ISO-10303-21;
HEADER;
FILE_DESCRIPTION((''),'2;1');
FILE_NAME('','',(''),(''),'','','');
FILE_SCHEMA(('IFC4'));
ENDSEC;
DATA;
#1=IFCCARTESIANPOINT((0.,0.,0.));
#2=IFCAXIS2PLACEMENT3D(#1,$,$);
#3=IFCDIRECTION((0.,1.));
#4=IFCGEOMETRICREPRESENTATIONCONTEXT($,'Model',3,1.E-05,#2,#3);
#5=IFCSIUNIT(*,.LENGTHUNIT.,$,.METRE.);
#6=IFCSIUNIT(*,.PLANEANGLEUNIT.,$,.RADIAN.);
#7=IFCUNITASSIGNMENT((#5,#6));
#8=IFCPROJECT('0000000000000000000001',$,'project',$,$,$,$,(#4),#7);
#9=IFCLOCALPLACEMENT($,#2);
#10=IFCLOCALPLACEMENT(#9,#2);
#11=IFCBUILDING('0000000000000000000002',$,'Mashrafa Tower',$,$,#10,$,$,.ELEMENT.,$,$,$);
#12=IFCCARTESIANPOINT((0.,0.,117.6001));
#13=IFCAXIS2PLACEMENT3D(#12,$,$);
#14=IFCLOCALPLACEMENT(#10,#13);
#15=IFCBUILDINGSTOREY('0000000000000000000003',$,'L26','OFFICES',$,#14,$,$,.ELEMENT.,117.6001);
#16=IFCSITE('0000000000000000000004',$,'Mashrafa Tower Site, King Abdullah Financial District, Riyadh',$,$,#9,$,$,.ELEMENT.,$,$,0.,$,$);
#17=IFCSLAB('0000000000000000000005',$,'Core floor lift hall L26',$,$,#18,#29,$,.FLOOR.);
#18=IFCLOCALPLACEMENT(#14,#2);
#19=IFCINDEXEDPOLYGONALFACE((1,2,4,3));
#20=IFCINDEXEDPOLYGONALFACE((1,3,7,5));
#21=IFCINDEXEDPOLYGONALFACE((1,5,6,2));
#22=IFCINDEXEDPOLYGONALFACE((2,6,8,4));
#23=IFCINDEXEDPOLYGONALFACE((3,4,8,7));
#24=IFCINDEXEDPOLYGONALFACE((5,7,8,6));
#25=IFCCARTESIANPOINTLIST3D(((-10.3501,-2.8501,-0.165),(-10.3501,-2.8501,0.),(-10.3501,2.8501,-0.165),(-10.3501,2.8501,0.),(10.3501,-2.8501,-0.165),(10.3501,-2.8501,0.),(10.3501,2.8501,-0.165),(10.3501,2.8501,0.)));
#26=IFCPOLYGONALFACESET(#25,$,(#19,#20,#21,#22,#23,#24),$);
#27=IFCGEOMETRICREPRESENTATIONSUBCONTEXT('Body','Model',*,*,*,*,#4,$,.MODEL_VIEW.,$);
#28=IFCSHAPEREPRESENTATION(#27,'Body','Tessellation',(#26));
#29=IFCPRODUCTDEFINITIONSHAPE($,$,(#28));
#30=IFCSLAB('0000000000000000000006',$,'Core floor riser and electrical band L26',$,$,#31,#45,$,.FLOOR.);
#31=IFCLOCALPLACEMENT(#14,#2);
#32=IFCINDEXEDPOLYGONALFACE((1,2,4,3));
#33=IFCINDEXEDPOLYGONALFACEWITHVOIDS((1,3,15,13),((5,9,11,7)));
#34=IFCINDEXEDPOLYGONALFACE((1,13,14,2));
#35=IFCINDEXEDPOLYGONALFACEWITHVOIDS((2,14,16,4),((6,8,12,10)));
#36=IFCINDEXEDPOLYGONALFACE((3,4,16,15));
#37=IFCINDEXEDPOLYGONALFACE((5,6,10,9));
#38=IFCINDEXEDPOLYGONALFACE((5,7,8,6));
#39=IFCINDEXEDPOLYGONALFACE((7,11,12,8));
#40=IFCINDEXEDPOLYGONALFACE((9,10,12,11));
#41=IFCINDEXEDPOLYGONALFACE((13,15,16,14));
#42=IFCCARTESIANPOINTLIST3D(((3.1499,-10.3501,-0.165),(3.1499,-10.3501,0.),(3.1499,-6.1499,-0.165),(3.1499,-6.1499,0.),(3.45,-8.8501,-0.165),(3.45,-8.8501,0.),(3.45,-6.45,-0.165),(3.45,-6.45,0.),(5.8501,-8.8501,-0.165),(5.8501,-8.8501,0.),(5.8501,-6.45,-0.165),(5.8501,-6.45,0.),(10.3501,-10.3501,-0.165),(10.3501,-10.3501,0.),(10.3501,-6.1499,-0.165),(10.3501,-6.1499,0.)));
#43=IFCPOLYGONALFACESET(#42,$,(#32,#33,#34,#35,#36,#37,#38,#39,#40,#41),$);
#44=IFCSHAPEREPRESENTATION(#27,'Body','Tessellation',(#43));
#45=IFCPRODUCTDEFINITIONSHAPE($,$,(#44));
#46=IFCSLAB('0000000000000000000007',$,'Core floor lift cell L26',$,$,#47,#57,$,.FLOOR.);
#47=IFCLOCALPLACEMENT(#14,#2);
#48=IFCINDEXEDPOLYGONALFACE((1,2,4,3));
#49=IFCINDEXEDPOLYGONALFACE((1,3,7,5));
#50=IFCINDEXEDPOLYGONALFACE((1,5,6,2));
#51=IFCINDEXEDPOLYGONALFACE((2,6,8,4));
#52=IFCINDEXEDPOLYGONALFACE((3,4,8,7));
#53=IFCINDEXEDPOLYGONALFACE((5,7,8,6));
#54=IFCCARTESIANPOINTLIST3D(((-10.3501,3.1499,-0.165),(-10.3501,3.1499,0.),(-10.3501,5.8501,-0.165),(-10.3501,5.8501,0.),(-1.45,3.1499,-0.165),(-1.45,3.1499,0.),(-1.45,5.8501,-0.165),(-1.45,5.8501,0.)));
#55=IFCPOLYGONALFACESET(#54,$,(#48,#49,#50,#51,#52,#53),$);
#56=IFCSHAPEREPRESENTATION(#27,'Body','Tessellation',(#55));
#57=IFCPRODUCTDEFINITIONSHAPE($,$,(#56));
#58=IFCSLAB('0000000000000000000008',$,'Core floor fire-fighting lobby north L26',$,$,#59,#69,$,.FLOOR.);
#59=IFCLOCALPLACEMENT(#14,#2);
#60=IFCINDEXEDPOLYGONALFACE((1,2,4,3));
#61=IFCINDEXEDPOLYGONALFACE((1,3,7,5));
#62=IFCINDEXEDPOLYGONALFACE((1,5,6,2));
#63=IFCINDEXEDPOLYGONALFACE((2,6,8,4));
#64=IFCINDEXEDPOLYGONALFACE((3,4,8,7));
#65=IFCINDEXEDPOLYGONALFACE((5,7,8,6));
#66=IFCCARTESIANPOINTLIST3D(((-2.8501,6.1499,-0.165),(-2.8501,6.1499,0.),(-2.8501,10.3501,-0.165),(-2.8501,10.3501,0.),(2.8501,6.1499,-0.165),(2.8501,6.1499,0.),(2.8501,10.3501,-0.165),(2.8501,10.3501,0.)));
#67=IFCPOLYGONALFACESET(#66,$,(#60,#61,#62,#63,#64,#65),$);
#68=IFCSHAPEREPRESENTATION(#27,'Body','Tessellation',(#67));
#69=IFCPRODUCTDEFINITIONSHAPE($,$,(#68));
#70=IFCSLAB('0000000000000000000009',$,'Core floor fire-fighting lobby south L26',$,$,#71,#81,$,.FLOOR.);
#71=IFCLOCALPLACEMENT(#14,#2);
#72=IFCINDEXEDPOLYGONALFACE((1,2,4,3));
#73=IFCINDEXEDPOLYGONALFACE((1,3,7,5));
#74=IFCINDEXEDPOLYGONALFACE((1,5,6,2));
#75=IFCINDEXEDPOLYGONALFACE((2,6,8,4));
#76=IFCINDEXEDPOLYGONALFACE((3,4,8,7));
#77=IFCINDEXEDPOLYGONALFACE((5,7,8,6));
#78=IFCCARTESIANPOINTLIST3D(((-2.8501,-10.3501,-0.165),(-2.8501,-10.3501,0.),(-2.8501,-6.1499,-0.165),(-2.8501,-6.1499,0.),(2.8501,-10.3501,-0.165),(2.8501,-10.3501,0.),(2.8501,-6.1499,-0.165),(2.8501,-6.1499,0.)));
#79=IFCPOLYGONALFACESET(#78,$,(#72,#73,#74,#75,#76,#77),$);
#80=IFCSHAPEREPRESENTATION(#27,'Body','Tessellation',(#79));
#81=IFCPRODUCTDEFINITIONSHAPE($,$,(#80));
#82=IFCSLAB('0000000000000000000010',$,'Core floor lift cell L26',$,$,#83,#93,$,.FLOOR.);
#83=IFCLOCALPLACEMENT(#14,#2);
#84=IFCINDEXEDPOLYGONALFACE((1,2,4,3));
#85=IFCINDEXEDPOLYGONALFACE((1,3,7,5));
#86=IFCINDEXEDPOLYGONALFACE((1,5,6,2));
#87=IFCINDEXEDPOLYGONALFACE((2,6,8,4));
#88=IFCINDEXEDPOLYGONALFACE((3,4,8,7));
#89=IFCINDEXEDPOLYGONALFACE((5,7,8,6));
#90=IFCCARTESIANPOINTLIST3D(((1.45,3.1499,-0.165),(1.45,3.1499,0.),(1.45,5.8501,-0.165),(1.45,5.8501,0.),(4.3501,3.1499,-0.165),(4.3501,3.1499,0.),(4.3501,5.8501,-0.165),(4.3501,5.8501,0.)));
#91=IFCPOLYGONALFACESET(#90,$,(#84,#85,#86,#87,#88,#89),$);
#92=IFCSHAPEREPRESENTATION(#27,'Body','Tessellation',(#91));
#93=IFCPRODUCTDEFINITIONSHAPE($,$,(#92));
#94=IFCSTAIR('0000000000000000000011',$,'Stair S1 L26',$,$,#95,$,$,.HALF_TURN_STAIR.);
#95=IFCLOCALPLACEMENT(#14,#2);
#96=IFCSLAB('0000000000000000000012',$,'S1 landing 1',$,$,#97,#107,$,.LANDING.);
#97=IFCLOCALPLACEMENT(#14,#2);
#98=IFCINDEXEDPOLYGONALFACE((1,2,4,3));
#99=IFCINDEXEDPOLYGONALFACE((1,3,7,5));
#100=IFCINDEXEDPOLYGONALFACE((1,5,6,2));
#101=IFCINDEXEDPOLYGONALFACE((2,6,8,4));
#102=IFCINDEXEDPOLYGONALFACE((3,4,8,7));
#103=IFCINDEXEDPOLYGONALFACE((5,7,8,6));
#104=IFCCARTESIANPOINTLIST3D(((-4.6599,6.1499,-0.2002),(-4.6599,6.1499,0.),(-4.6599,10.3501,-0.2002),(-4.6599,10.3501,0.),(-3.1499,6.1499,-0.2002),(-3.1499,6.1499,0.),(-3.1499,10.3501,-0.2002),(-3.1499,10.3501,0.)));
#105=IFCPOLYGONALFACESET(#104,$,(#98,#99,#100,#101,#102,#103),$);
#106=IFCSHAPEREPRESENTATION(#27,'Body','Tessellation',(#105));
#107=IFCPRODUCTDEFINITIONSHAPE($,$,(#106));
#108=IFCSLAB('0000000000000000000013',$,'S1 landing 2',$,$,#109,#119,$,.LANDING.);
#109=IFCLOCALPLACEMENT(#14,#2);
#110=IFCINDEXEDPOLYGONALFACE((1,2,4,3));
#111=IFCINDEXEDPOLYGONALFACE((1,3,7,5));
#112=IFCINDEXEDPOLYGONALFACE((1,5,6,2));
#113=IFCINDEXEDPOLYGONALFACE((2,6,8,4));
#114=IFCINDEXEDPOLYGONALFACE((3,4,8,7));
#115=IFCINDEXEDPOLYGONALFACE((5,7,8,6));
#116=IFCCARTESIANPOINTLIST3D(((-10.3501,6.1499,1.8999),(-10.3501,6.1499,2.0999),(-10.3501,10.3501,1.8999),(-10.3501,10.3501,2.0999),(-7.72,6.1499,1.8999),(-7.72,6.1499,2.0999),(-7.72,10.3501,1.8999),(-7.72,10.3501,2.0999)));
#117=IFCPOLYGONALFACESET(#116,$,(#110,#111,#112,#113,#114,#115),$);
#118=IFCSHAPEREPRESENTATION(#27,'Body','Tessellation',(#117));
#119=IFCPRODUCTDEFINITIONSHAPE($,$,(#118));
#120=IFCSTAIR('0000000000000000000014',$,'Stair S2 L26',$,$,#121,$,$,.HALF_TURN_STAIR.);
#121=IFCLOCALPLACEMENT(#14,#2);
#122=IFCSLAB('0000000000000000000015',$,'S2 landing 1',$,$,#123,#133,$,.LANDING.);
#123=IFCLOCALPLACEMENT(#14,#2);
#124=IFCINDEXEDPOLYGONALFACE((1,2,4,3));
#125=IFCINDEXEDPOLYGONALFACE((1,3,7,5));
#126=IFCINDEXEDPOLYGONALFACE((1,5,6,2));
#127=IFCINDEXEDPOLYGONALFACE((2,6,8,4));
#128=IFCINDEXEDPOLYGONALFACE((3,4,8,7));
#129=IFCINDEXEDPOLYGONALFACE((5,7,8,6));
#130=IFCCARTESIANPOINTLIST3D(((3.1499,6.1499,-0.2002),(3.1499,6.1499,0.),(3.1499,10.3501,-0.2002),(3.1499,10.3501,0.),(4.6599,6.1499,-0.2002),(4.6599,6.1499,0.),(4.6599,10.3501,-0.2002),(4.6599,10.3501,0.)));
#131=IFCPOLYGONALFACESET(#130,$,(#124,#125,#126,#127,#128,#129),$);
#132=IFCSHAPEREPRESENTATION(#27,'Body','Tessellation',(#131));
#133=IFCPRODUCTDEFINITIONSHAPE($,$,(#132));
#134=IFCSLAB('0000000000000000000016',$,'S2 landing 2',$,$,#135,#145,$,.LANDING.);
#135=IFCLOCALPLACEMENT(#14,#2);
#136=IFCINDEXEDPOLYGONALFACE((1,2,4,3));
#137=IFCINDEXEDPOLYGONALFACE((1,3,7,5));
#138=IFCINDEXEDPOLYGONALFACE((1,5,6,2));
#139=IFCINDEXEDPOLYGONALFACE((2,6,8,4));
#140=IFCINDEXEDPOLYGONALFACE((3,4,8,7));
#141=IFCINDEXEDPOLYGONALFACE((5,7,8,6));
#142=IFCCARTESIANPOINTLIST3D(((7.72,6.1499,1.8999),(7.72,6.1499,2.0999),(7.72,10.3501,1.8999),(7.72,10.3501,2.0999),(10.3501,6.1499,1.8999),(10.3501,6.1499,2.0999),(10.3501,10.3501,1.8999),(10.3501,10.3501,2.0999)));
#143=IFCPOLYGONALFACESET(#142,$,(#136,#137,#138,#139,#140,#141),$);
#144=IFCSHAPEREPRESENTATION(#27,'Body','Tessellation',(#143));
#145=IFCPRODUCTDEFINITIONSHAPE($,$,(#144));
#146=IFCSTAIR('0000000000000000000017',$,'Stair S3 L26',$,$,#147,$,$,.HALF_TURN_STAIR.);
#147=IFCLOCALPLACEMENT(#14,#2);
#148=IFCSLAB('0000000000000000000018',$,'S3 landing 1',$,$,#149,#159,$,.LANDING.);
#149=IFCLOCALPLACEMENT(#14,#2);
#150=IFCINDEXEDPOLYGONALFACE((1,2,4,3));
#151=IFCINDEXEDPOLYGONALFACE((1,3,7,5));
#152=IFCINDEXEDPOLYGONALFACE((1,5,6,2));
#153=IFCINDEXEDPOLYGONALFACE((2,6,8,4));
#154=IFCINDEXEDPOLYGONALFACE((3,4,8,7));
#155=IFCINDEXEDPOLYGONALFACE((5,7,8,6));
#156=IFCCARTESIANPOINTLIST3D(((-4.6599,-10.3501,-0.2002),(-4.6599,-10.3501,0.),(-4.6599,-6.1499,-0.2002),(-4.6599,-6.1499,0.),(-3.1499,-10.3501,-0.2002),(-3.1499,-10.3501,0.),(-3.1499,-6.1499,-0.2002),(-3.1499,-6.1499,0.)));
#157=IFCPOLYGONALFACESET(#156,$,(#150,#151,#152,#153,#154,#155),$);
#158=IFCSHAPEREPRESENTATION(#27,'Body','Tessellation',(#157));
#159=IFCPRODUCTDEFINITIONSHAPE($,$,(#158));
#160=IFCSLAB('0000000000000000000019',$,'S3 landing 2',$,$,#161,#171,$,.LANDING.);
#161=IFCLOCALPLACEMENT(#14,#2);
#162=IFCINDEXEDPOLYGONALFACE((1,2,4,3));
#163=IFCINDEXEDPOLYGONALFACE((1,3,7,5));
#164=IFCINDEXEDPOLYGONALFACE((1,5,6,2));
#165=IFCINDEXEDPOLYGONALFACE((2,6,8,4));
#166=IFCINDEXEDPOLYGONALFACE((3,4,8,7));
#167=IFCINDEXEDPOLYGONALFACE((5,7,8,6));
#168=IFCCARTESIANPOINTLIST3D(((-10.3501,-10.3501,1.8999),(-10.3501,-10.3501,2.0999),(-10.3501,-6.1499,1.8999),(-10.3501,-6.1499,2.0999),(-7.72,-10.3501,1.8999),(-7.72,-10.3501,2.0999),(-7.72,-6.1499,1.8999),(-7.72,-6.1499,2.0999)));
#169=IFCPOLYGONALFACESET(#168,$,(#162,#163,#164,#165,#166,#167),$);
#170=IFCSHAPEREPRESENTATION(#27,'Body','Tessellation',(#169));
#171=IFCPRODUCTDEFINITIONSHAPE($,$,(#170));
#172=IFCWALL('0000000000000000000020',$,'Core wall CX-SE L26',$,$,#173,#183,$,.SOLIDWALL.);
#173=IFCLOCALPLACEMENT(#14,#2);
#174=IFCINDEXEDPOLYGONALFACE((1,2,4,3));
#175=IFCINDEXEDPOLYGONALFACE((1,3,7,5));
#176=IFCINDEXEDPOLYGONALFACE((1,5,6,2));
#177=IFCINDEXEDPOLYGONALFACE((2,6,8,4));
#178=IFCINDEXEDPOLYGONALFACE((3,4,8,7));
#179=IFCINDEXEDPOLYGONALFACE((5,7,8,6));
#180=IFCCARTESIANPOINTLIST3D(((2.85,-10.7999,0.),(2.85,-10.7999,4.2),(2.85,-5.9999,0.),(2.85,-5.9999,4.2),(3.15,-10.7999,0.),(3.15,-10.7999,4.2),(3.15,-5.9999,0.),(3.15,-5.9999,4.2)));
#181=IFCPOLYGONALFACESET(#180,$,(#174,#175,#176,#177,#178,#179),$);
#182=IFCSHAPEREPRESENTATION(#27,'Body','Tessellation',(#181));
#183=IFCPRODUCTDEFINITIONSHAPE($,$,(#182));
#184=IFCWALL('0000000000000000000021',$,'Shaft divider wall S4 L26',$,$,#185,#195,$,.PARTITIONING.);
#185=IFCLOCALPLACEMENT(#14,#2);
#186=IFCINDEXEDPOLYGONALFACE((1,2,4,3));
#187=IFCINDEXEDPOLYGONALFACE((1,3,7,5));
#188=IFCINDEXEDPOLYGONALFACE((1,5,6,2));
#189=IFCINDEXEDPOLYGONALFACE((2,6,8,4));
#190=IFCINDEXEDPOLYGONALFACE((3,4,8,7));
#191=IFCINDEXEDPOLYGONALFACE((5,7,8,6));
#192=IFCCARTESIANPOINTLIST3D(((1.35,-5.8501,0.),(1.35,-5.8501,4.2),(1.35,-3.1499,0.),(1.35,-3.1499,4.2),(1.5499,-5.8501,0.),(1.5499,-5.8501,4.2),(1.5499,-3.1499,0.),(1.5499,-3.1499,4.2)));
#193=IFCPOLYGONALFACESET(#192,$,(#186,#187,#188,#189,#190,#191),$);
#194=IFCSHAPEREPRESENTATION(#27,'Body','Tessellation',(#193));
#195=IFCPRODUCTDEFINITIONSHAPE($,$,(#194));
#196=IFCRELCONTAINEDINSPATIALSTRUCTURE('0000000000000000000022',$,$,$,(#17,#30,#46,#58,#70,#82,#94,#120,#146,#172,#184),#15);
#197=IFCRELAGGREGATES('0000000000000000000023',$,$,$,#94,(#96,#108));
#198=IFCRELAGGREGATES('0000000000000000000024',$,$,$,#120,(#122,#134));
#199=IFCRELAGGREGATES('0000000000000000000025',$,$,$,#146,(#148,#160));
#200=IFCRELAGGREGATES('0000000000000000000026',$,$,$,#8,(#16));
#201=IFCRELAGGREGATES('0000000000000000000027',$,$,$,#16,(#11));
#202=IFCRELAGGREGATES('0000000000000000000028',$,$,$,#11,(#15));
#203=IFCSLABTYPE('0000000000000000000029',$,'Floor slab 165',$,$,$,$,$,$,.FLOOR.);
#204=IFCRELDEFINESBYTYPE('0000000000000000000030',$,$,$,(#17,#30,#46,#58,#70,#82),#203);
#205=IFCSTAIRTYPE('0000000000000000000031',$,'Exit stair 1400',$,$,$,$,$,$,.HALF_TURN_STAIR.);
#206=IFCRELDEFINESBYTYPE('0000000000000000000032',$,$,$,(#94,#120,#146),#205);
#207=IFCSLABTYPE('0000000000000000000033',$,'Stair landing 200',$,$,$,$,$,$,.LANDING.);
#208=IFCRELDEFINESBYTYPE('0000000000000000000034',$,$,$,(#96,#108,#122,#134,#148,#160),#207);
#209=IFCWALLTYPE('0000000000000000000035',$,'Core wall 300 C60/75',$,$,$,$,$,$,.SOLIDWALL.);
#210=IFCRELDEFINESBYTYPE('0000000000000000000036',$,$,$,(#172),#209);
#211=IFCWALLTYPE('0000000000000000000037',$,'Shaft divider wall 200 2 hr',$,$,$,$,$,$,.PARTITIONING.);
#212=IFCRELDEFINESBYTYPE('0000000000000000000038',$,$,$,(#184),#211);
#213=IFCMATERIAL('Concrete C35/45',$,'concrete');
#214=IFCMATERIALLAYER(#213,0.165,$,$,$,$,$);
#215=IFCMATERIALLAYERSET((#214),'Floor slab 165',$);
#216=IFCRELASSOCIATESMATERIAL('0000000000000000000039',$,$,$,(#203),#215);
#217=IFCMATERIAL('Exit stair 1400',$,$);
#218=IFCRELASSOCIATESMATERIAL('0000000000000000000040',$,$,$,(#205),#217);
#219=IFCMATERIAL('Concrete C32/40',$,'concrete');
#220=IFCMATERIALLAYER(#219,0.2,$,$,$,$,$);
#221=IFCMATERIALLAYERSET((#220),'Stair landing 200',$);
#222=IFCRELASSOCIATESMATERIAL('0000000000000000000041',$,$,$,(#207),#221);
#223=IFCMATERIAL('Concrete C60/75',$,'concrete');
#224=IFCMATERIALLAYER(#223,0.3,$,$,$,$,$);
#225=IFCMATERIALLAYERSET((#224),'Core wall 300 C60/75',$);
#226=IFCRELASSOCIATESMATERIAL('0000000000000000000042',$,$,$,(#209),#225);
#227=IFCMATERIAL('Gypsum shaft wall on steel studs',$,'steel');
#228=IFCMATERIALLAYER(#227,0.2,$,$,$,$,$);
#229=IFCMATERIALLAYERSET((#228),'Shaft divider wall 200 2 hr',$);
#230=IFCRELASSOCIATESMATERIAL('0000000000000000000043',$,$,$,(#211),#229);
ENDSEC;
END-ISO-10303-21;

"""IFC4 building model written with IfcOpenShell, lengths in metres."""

from ifc_helpers import new_model, si_unit, direction, frame, frame_2d, origin, place, context, subcontext, project, spatial, polyline, rectangle, outline, extrude, material, layer, layer_set, type_object, element, aggregate, save


model = new_model("IFC4")

# Units and contexts
model_context = context("Model", 3, precision=1e-05, world=origin(), true_north=direction((0.0, 1.0)))
body_context = subcontext(model_context, "Body", "Model", "MODEL_VIEW")
ifc_project = project(units=[si_unit("LENGTHUNIT", "METRE"), si_unit("PLANEANGLEUNIT", "RADIAN")], contexts=[model_context])

# Site, building, storey
site_placement = place(None, origin())
site = spatial("IfcSite", under=ifc_project, at=site_placement, Name="Mashrafa Tower Site, King Abdullah Financial District, Riyadh", CompositionType="ELEMENT", RefElevation=0.0)
building_placement = place(site_placement, origin())
building = spatial("IfcBuilding", under=site, at=building_placement, Name="Mashrafa Tower", CompositionType="ELEMENT")
storey_placement = place(building_placement, frame((0.0, 0.0, 117.6001)))
storey = spatial("IfcBuildingStorey", under=building, at=storey_placement, Name="L26", Description="OFFICES", CompositionType="ELEMENT", Elevation=117.6001)

# Slabs
ifc_material_1 = material(Name="Concrete C35/45", Category="concrete")
ifc_layer_1 = layer(ifc_material_1, 0.165)
ifc_layer_set_1 = layer_set([ifc_layer_1], Name="Floor slab 165")
slab_type_1 = type_object("IfcSlabType", Name="Floor slab 165", PredefinedType="FLOOR", material=ifc_layer_set_1)
slab_1_placement = place(storey_placement, frame((0.0, 0.0, -0.165)))
element("IfcSlab", 1, at=slab_1_placement, inside=storey, type_object=slab_type_1, Name="Core floor lift hall L26", PredefinedType="FLOOR", context=body_context, shape_type="SweptSolid", body=[
    extrude(outline(polyline([(-10.3501, 2.8501), (10.3501, 2.8501), (10.3501, -2.8501), (-10.3501, -2.8501), (-10.3501, 2.8501)])), origin(), (0.0, 0.0, 1.0), 0.165),
])
slab_2_placement = place(storey_placement, frame((0.0, 0.0, -0.165)))
element("IfcSlab", 2, at=slab_2_placement, inside=storey, type_object=slab_type_1, Name="Core floor riser and electrical band L26", PredefinedType="FLOOR", context=body_context, shape_type="SweptSolid", body=[
    extrude(outline(polyline([(10.3501, -6.1499), (10.3501, -10.3501), (3.1499, -10.3501), (3.1499, -6.1499), (10.3501, -6.1499)]), holes=[polyline([(3.45, -8.8501), (5.8501, -8.8501), (5.8501, -6.45), (3.45, -6.45), (3.45, -8.8501)])]), origin(), (0.0, 0.0, 1.0), 0.165),
])
slab_3_placement = place(storey_placement, frame((0.0, 0.0, -0.165)))
element("IfcSlab", 3, at=slab_3_placement, inside=storey, type_object=slab_type_1, Name="Core floor lift cell L26", PredefinedType="FLOOR", context=body_context, shape_type="SweptSolid", body=[
    extrude(outline(polyline([(-1.45, 3.1499), (-10.3501, 3.1499), (-10.3501, 5.8501), (-1.45, 5.8501), (-1.45, 3.1499)])), origin(), (0.0, 0.0, 1.0), 0.165),
])
slab_4_placement = place(storey_placement, frame((0.0, 0.0, -0.165)))
element("IfcSlab", 4, at=slab_4_placement, inside=storey, type_object=slab_type_1, Name="Core floor fire-fighting lobby north L26", PredefinedType="FLOOR", context=body_context, shape_type="SweptSolid", body=[
    extrude(outline(polyline([(-2.8501, 10.3501), (2.8501, 10.3501), (2.8501, 6.1499), (-2.8501, 6.1499), (-2.8501, 10.3501)])), origin(), (0.0, 0.0, 1.0), 0.165),
])
slab_5_placement = place(storey_placement, frame((0.0, 0.0, -0.165)))
element("IfcSlab", 5, at=slab_5_placement, inside=storey, type_object=slab_type_1, Name="Core floor fire-fighting lobby south L26", PredefinedType="FLOOR", context=body_context, shape_type="SweptSolid", body=[
    extrude(outline(polyline([(2.8501, -6.1499), (2.8501, -10.3501), (-2.8501, -10.3501), (-2.8501, -6.1499), (2.8501, -6.1499)])), origin(), (0.0, 0.0, 1.0), 0.165),
])
slab_6_placement = place(storey_placement, frame((0.0, 0.0, -0.165)))
element("IfcSlab", 6, at=slab_6_placement, inside=storey, type_object=slab_type_1, Name="Core floor lift cell L26", PredefinedType="FLOOR", context=body_context, shape_type="SweptSolid", body=[
    extrude(outline(polyline([(4.3501, 5.8501), (4.3501, 3.1499), (1.45, 3.1499), (1.45, 5.8501), (4.3501, 5.8501)])), origin(), (0.0, 0.0, 1.0), 0.165),
])

# Stairs, slabs
ifc_material_2 = material(Name="Exit stair 1400")
stair_type = type_object("IfcStairType", Name="Exit stair 1400", PredefinedType="HALF_TURN_STAIR", material=ifc_material_2)
stair_1_placement = place(storey_placement, origin())
stair_1 = element("IfcStair", 7, at=stair_1_placement, inside=storey, type_object=stair_type, Name="Stair S1 L26", PredefinedType="HALF_TURN_STAIR")
ifc_material_3 = material(Name="Concrete C32/40", Category="concrete")
ifc_layer_2 = layer(ifc_material_3, 0.2)
ifc_layer_set_2 = layer_set([ifc_layer_2], Name="Stair landing 200")
slab_type_2 = type_object("IfcSlabType", Name="Stair landing 200", PredefinedType="LANDING", material=ifc_layer_set_2)
slab_7_placement = place(storey_placement, frame((0.0, 0.0, -0.2002)))
slab_7 = element("IfcSlab", 8, at=slab_7_placement, type_object=slab_type_2, Name="S1 landing 1", PredefinedType="LANDING", context=body_context, shape_type="SweptSolid", body=[
    extrude(outline(polyline([(-4.6599, 6.1499), (-3.1499, 6.1499), (-3.1499, 10.3501), (-4.6599, 10.3501), (-4.6599, 6.1499)])), origin(), (0.0, 0.0, 1.0), 0.2002),
])
slab_8_placement = place(storey_placement, frame((0.0, 0.0, 1.8999)))
slab_8 = element("IfcSlab", 9, at=slab_8_placement, type_object=slab_type_2, Name="S1 landing 2", PredefinedType="LANDING", context=body_context, shape_type="SweptSolid", body=[
    extrude(outline(polyline([(-10.3501, 6.1499), (-7.72, 6.1499), (-7.72, 10.3501), (-10.3501, 10.3501), (-10.3501, 6.1499)])), origin(), (0.0, 0.0, 1.0), 0.2),
])
aggregate(stair_1, [slab_7, slab_8])
stair_2_placement = place(storey_placement, origin())
stair_2 = element("IfcStair", 10, at=stair_2_placement, inside=storey, type_object=stair_type, Name="Stair S2 L26", PredefinedType="HALF_TURN_STAIR")
slab_9_placement = place(storey_placement, frame((0.0, 0.0, -0.2002)))
slab_9 = element("IfcSlab", 11, at=slab_9_placement, type_object=slab_type_2, Name="S2 landing 1", PredefinedType="LANDING", context=body_context, shape_type="SweptSolid", body=[
    extrude(outline(polyline([(3.1499, 6.1499), (4.6599, 6.1499), (4.6599, 10.3501), (3.1499, 10.3501), (3.1499, 6.1499)])), origin(), (0.0, 0.0, 1.0), 0.2002),
])
slab_10_placement = place(storey_placement, frame((0.0, 0.0, 1.8999)))
slab_10 = element("IfcSlab", 12, at=slab_10_placement, type_object=slab_type_2, Name="S2 landing 2", PredefinedType="LANDING", context=body_context, shape_type="SweptSolid", body=[
    extrude(outline(polyline([(7.72, 6.1499), (10.3501, 6.1499), (10.3501, 10.3501), (7.72, 10.3501), (7.72, 6.1499)])), origin(), (0.0, 0.0, 1.0), 0.2),
])
aggregate(stair_2, [slab_9, slab_10])
stair_3_placement = place(storey_placement, origin())
stair_3 = element("IfcStair", 13, at=stair_3_placement, inside=storey, type_object=stair_type, Name="Stair S3 L26", PredefinedType="HALF_TURN_STAIR")
slab_11_placement = place(storey_placement, frame((0.0, 0.0, -0.2002)))
slab_11 = element("IfcSlab", 14, at=slab_11_placement, type_object=slab_type_2, Name="S3 landing 1", PredefinedType="LANDING", context=body_context, shape_type="SweptSolid", body=[
    extrude(outline(polyline([(-4.6599, -10.3501), (-3.1499, -10.3501), (-3.1499, -6.1499), (-4.6599, -6.1499), (-4.6599, -10.3501)])), origin(), (0.0, 0.0, 1.0), 0.2002),
])
slab_12_placement = place(storey_placement, frame((0.0, 0.0, 1.8999)))
slab_12 = element("IfcSlab", 15, at=slab_12_placement, type_object=slab_type_2, Name="S3 landing 2", PredefinedType="LANDING", context=body_context, shape_type="SweptSolid", body=[
    extrude(outline(polyline([(-10.3501, -10.3501), (-7.72, -10.3501), (-7.72, -6.1499), (-10.3501, -6.1499), (-10.3501, -10.3501)])), origin(), (0.0, 0.0, 1.0), 0.2),
])
aggregate(stair_3, [slab_11, slab_12])

# Walls
ifc_material_4 = material(Name="Concrete C60/75", Category="concrete")
ifc_layer_3 = layer(ifc_material_4, 0.3)
ifc_layer_set_3 = layer_set([ifc_layer_3], Name="Core wall 300 C60/75")
wall_type_1 = type_object("IfcWallType", Name="Core wall 300 C60/75", PredefinedType="SOLIDWALL", material=ifc_layer_set_3)
wall_placement = place(storey_placement, frame((3.0, -6.0, 0.0), z_axis=(0.0, 0.0, 1.0), x_axis=(0.0, -1.0, 0.0)))
element("IfcWall", 16, at=wall_placement, inside=storey, type_object=wall_type_1, Name="Core wall CX-SE L26", PredefinedType="SOLIDWALL", context=body_context, shape_type="SweptSolid", body=[
    extrude(rectangle(XDim=4.8, YDim=0.3, at=frame_2d((2.3999, 0.0))), origin(), (0.0, 0.0, 1.0), 4.2),
])
ifc_material_5 = material(Name="Gypsum shaft wall on steel studs", Category="steel")
ifc_layer_4 = layer(ifc_material_5, 0.2)
ifc_layer_set_4 = layer_set([ifc_layer_4], Name="Shaft divider wall 200 2 hr")
wall_type_2 = type_object("IfcWallType", Name="Shaft divider wall 200 2 hr", PredefinedType="PARTITIONING", material=ifc_layer_set_4)
for number, where, z_axis, x_axis, name in (
    (17, (1.45, -5.8501, 0.0), (0.0, 0.0, 1.0), (0.0, 1.0, 0.0), "Shaft divider wall S4 L26"),
):
    element("IfcWall", number, at=place(storey_placement, frame(where, z_axis=z_axis, x_axis=x_axis)), inside=storey, type_object=wall_type_2, Name=name, PredefinedType="PARTITIONING", context=body_context, shape_type="SweptSolid", body=[
        extrude(rectangle(XDim=2.7002, YDim=0.2, at=frame_2d((1.3501, 0.0))), origin(), (0.0, 0.0, 1.0), 4.2),
    ])

save(model, "model.ifc")
